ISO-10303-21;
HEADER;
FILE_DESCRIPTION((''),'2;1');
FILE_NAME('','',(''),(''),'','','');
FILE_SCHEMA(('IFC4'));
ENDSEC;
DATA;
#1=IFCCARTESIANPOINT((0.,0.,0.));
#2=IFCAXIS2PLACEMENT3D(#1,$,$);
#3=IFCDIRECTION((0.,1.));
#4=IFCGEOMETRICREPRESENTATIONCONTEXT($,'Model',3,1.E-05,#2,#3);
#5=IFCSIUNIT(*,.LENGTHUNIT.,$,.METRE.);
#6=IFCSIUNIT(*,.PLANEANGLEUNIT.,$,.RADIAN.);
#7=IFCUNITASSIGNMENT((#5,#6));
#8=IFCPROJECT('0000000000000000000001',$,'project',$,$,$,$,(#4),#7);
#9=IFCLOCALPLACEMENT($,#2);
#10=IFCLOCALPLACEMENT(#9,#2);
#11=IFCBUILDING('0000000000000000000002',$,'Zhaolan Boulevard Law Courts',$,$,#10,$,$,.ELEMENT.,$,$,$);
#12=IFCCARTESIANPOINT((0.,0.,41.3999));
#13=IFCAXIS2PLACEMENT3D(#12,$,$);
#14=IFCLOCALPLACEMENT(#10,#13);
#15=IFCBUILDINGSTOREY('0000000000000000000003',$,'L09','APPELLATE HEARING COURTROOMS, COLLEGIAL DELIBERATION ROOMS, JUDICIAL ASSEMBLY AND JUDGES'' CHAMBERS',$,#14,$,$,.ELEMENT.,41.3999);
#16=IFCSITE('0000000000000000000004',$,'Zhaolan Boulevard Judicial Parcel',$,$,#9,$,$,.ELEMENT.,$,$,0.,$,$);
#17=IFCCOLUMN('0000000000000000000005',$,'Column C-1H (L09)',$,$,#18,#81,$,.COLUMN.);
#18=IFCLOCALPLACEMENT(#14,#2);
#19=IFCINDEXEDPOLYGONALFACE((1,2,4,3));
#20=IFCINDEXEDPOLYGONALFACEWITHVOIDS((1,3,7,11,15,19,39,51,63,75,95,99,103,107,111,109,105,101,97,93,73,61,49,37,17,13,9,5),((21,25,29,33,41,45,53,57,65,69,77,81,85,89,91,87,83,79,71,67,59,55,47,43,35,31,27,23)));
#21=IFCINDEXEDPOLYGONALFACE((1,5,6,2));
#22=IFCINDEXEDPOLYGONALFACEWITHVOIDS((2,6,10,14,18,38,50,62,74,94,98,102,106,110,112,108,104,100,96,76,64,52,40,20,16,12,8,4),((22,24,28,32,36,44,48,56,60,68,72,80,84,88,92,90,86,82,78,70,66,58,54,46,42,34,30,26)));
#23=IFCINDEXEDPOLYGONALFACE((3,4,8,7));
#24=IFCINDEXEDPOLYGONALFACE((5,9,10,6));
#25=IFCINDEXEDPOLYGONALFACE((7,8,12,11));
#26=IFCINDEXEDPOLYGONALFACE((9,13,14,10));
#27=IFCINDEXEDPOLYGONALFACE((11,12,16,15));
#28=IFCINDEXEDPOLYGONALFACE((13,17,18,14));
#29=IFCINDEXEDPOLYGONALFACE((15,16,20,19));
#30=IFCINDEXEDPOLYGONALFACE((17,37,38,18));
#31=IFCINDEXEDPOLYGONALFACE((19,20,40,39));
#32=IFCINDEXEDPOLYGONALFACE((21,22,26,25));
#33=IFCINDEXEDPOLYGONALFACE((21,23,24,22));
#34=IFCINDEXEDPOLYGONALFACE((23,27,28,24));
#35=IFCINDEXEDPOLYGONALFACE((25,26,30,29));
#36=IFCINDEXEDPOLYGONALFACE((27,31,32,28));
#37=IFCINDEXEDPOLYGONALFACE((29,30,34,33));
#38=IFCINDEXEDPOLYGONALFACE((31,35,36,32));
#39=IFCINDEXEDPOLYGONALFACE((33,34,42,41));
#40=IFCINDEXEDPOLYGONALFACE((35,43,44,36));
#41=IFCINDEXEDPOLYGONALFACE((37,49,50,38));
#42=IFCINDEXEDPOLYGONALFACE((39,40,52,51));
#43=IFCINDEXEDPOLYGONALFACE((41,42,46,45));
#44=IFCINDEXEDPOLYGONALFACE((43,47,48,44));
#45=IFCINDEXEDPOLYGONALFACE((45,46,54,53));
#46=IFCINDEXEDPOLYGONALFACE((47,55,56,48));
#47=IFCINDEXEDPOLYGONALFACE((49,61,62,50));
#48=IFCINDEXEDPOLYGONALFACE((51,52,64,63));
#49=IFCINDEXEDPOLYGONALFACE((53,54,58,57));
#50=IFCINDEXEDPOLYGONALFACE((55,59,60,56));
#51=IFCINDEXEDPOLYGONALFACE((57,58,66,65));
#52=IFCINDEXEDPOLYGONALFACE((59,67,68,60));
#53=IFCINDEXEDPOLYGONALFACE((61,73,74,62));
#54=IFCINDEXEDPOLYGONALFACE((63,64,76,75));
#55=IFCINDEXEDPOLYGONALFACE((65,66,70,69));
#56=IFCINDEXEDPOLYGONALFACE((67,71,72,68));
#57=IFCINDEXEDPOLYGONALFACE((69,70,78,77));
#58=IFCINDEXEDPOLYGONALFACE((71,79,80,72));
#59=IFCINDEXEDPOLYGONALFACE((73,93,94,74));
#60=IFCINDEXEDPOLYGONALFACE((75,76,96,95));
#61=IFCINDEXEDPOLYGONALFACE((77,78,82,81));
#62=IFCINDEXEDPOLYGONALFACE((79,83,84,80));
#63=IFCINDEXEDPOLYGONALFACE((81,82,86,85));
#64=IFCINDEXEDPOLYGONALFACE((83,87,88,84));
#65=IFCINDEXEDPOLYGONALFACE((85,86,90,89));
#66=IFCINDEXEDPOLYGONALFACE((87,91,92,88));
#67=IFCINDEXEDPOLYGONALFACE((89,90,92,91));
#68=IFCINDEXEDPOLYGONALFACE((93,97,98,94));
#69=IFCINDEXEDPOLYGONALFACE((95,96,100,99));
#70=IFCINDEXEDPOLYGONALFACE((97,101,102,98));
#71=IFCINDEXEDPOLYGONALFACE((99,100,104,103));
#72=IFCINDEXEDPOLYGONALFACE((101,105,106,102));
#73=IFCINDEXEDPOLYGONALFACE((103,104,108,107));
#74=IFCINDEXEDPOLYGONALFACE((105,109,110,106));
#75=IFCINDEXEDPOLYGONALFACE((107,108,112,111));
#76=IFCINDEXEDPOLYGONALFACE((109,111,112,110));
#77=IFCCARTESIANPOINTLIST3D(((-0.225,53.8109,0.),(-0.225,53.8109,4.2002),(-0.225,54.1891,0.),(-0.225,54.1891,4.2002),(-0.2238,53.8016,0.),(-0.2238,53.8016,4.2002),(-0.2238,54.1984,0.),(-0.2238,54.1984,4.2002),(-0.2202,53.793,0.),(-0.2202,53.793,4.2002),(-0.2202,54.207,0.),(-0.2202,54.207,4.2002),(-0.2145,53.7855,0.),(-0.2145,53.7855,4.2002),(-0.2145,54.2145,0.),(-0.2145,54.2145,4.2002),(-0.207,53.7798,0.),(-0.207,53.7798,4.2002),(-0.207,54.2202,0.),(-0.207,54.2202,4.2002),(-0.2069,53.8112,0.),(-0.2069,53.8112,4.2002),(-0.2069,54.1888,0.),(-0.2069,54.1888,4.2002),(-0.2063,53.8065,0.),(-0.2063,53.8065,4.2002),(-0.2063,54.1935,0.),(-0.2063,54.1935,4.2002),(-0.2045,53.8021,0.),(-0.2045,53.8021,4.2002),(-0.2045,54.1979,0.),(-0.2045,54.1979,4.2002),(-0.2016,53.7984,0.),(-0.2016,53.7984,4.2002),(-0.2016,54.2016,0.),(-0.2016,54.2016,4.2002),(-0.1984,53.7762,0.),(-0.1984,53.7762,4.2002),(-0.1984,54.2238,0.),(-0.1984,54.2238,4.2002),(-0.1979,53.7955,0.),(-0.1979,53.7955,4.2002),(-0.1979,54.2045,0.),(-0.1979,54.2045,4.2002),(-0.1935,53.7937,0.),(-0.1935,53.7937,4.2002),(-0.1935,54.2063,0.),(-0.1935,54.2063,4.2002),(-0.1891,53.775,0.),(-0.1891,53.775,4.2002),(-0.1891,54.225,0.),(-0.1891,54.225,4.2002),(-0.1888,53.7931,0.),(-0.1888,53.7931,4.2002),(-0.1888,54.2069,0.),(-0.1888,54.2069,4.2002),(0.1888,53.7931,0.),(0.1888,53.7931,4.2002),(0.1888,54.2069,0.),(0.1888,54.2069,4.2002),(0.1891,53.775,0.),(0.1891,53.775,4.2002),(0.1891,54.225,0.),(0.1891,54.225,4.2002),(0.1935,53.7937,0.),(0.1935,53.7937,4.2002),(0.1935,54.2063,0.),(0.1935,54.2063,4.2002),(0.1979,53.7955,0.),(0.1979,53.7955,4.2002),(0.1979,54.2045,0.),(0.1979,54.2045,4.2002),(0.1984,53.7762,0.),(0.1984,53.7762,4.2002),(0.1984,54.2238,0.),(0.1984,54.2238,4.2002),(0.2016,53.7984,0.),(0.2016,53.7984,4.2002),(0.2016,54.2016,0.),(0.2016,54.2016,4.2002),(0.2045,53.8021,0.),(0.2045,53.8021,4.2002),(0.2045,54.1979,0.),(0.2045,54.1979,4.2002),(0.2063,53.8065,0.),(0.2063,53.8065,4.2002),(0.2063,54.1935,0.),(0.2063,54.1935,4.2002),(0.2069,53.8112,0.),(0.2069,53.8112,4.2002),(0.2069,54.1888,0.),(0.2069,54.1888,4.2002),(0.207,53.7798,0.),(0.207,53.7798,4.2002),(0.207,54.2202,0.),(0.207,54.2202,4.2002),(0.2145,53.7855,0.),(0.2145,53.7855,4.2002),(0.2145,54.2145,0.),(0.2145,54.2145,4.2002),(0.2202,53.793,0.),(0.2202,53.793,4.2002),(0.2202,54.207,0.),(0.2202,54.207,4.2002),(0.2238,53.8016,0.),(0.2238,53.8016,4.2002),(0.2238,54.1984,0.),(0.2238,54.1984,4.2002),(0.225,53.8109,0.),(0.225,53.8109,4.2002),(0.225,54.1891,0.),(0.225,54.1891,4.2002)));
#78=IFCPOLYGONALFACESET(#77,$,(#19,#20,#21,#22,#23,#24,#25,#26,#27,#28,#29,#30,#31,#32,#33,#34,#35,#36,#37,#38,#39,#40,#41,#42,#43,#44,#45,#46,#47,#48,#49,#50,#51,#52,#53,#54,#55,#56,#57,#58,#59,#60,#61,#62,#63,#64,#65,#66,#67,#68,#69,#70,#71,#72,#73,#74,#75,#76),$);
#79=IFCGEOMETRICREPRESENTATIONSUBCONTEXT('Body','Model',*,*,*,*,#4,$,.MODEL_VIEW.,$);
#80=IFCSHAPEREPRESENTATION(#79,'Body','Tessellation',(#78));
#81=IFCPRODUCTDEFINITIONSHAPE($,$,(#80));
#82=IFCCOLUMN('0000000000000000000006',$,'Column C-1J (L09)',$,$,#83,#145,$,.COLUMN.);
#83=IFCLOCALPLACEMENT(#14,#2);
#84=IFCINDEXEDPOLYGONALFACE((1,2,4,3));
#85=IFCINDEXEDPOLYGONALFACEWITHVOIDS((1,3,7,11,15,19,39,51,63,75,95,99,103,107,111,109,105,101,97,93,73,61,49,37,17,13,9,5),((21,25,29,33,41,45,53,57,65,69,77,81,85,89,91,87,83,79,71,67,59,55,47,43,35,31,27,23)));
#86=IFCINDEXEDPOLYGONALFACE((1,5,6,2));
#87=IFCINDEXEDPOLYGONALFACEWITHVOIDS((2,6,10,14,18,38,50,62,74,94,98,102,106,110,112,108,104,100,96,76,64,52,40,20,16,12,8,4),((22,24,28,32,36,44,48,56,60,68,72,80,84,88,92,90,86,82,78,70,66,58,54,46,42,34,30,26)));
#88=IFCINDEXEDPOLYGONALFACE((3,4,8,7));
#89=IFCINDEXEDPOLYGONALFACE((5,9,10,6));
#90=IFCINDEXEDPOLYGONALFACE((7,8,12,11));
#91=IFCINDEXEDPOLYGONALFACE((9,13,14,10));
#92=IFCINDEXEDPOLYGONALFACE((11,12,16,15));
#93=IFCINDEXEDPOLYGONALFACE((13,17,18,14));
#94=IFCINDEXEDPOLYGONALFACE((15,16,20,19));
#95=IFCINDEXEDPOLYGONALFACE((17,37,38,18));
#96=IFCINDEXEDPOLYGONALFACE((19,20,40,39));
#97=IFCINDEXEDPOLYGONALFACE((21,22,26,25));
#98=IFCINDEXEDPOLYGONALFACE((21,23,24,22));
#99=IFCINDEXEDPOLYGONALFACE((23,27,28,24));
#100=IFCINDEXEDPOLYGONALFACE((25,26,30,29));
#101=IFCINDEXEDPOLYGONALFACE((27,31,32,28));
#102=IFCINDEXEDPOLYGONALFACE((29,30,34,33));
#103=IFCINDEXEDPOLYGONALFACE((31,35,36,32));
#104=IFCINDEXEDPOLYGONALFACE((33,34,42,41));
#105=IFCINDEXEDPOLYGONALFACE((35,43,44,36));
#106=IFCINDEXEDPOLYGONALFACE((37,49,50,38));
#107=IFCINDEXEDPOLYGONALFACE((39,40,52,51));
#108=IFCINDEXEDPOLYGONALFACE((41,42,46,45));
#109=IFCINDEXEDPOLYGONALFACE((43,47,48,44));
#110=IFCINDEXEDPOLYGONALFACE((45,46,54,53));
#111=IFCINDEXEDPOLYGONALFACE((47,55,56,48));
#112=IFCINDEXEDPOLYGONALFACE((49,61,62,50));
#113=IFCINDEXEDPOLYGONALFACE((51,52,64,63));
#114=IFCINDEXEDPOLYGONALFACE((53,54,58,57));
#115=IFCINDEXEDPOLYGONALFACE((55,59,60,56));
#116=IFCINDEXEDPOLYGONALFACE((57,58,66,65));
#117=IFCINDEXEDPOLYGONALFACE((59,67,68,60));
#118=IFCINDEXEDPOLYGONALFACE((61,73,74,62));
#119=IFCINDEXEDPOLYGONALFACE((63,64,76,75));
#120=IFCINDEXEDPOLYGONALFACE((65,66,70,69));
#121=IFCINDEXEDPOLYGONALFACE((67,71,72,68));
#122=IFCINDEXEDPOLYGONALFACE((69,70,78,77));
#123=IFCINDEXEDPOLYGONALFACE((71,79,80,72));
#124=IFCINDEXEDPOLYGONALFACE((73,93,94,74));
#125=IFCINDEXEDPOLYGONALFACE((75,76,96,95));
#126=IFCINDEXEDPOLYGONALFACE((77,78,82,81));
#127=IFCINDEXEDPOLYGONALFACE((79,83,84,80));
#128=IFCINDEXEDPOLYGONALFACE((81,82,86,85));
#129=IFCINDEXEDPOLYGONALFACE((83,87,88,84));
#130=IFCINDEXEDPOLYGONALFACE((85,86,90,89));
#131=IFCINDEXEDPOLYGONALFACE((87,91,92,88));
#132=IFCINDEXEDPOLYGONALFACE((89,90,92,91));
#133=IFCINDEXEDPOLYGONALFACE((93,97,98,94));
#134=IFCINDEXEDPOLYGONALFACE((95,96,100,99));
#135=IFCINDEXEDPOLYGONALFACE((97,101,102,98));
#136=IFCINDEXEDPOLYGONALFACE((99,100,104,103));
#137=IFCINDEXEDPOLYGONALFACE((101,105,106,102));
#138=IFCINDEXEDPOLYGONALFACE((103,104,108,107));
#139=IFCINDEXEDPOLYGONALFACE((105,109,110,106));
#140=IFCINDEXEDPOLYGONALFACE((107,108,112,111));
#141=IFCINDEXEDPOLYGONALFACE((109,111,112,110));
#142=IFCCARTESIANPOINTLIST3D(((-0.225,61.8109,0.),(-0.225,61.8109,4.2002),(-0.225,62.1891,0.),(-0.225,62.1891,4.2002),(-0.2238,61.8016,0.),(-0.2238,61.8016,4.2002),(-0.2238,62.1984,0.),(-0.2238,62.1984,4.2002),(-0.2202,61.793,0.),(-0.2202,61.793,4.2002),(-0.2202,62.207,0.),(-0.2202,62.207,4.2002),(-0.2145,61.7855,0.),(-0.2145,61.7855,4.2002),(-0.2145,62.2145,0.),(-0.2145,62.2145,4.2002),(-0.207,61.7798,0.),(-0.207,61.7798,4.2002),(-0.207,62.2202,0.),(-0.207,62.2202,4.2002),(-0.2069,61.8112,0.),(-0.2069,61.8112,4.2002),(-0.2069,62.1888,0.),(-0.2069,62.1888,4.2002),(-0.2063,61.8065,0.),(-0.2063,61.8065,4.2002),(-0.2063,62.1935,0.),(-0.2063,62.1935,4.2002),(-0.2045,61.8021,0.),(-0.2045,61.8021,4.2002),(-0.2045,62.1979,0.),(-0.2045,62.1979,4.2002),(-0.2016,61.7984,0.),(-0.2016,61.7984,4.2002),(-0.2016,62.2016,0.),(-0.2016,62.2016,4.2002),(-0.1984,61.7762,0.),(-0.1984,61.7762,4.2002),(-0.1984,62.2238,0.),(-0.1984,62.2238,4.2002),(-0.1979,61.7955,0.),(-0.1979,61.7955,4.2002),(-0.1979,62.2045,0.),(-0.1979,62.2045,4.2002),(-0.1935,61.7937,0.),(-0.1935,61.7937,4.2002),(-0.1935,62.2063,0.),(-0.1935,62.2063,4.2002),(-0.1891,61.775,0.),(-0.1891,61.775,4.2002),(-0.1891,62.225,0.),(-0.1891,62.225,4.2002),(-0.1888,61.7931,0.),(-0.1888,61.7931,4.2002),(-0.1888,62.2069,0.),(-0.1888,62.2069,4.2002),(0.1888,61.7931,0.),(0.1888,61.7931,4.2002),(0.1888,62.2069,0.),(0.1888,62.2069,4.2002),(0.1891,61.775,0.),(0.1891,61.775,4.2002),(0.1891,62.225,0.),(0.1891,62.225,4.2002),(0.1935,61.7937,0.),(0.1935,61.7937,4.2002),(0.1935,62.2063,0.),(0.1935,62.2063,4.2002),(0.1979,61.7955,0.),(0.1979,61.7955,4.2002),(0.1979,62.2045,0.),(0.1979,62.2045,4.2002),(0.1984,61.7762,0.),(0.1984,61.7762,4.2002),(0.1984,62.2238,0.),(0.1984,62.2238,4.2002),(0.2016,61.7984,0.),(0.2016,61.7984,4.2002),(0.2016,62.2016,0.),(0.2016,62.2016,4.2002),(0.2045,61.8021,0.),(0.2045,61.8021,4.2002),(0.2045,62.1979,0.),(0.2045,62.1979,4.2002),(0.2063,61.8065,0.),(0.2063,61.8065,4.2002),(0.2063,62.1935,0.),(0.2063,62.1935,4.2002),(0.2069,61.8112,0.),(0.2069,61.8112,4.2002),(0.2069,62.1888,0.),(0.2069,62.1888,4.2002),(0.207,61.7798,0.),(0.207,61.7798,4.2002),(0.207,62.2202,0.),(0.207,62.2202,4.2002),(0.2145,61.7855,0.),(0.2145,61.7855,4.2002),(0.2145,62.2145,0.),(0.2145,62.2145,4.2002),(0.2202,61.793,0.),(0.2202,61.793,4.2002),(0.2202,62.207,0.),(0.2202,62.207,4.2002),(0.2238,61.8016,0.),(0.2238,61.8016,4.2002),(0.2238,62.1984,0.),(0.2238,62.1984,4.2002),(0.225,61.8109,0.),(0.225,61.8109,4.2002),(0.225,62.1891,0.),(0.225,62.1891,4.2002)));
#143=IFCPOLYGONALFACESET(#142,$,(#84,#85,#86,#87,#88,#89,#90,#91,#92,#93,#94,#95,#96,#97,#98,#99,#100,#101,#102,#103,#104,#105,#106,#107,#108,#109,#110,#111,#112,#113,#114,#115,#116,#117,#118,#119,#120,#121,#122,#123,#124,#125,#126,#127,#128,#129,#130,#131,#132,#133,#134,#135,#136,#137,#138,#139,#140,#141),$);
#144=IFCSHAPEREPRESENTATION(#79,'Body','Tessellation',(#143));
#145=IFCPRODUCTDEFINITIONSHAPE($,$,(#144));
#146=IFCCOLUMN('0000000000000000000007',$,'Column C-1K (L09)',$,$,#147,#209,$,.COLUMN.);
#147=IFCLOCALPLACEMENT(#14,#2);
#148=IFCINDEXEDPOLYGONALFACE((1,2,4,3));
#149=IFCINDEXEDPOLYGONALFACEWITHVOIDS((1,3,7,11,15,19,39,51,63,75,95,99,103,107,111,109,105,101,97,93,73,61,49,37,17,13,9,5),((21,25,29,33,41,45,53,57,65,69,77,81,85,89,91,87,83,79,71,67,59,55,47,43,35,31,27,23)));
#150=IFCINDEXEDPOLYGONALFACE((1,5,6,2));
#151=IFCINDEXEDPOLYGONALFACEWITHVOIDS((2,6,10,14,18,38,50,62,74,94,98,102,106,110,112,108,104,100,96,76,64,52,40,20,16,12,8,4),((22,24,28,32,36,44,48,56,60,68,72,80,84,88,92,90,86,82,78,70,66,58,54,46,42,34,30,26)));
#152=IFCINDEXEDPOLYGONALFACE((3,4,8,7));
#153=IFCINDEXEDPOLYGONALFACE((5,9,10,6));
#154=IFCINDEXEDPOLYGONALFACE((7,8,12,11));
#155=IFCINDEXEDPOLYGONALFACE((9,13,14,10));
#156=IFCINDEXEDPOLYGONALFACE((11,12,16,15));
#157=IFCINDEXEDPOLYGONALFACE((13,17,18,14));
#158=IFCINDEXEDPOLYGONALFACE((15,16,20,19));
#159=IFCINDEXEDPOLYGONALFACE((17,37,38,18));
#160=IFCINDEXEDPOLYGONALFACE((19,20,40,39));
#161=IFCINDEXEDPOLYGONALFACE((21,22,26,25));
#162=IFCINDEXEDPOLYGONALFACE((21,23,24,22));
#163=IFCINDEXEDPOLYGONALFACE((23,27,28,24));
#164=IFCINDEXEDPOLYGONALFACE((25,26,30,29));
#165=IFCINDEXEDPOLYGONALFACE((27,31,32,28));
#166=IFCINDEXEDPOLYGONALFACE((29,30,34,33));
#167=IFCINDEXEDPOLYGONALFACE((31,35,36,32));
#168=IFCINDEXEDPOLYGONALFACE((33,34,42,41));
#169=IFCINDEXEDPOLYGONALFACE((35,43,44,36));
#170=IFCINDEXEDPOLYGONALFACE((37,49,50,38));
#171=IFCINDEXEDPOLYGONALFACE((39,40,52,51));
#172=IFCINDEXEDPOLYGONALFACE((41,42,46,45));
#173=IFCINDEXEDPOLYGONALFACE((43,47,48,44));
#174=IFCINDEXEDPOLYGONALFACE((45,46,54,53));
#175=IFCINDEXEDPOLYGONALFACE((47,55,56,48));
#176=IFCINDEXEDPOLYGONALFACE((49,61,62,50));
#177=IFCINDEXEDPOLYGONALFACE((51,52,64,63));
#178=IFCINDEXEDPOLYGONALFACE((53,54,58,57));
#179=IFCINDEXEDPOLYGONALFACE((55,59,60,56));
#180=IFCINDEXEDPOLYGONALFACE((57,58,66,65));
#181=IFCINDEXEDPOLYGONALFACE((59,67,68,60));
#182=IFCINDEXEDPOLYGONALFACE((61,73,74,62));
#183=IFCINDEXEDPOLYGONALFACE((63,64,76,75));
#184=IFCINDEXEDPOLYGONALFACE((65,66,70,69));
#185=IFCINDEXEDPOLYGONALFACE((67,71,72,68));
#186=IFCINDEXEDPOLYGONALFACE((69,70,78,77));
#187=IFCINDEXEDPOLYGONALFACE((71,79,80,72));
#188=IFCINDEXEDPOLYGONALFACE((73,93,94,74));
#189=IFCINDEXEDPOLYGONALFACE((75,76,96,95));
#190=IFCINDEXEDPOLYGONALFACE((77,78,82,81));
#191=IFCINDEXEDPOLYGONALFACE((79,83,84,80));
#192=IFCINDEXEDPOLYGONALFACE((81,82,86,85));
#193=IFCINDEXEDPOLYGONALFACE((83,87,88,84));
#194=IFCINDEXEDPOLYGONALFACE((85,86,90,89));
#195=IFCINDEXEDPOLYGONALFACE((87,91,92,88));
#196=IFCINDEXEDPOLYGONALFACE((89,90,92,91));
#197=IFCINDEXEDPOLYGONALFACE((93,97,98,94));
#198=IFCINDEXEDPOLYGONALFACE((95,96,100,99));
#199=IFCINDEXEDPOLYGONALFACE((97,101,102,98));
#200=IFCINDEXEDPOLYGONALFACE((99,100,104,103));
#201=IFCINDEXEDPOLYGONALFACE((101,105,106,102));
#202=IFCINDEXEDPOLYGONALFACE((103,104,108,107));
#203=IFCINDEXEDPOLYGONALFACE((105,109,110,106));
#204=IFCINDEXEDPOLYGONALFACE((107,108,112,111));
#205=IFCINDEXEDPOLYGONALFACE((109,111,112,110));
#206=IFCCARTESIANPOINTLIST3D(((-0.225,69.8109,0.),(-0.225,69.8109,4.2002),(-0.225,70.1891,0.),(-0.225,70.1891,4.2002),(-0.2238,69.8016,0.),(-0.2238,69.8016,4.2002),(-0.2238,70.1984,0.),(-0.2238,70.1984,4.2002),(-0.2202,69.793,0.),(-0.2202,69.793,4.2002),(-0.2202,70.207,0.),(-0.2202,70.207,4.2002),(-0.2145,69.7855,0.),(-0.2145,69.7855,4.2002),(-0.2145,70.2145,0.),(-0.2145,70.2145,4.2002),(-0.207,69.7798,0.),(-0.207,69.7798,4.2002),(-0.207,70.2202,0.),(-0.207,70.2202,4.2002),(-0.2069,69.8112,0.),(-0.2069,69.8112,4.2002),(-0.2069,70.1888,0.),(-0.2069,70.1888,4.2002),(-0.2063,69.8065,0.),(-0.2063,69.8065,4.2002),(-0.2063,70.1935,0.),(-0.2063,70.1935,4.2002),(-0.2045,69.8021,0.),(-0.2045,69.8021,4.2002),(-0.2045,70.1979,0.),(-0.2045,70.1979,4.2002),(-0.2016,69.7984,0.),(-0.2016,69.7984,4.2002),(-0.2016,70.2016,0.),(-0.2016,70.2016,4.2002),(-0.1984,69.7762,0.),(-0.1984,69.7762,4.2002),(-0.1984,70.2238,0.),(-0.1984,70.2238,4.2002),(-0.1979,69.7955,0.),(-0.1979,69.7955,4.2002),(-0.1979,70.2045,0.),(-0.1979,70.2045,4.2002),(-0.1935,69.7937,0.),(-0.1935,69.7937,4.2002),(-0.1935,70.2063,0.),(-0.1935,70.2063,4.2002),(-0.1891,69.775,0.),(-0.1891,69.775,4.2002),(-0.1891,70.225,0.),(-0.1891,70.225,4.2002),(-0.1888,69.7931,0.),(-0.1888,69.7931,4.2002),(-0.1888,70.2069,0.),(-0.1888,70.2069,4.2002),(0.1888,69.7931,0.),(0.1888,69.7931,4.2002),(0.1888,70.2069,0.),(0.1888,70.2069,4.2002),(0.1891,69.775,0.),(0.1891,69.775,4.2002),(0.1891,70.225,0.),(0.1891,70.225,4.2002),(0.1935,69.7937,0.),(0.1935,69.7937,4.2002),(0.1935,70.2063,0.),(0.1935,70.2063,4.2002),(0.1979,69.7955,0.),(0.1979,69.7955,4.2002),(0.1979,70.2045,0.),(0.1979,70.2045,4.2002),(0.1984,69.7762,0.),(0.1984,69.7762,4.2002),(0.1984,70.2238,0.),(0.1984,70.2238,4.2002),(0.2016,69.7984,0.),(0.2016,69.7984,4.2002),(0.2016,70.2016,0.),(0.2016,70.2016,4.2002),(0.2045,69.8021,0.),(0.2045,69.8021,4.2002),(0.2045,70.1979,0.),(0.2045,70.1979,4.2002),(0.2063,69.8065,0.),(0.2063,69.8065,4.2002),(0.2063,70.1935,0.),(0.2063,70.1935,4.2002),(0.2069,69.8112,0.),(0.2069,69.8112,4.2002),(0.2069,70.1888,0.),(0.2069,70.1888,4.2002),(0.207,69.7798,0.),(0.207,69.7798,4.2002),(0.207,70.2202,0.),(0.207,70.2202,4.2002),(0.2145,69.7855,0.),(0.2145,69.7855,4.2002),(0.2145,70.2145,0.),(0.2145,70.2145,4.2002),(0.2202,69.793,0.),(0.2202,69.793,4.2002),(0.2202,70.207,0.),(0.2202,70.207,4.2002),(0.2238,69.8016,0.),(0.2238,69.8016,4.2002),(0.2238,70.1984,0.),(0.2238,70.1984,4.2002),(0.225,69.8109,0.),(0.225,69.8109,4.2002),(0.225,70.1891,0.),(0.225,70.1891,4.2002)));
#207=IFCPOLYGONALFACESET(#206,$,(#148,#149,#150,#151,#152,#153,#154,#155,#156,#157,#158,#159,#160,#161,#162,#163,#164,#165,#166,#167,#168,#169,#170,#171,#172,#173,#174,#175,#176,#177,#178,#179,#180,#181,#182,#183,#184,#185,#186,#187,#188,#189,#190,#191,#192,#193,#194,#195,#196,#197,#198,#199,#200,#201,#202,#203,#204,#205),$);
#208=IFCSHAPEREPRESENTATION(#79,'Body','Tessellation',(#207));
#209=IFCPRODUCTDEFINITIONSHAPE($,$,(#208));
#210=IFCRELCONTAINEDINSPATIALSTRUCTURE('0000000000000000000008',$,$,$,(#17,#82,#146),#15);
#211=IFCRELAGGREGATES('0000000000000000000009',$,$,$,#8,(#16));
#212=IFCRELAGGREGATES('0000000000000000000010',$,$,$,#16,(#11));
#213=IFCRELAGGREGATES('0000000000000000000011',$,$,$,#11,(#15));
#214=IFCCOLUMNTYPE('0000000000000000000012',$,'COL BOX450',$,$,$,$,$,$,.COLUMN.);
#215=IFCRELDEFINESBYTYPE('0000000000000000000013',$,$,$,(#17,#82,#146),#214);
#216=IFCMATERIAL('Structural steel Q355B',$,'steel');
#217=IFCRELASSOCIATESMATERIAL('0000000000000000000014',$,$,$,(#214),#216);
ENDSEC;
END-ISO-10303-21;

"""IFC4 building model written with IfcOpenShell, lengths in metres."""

from ifc_helpers import new_model, si_unit, direction, frame, origin, origin_2d, place, context, subcontext, project, spatial, hollow_rectangle, extrude, material, material_profile, profile_set, type_object, element, save


model = new_model("IFC4")

# Units and contexts
model_context = context("Model", 3, precision=1e-05, world=origin(), true_north=direction((0.0, 1.0)))
body_context = subcontext(model_context, "Body", "Model", "MODEL_VIEW")
ifc_project = project(units=[si_unit("LENGTHUNIT", "METRE"), si_unit("PLANEANGLEUNIT", "RADIAN")], contexts=[model_context])

# Site, building, storey
site_placement = place(None, origin())
site = spatial("IfcSite", under=ifc_project, at=site_placement, Name="Zhaolan Boulevard Judicial Parcel", CompositionType="ELEMENT", RefElevation=0.0)
building_placement = place(site_placement, origin())
building = spatial("IfcBuilding", under=site, at=building_placement, Name="Zhaolan Boulevard Law Courts", CompositionType="ELEMENT")
storey_placement = place(building_placement, frame((0.0, 0.0, 41.3999)))
storey = spatial("IfcBuildingStorey", under=building, at=storey_placement, Name="L09", Description="APPELLATE HEARING COURTROOMS, COLLEGIAL DELIBERATION ROOMS, JUDICIAL ASSEMBLY AND JUDGES' CHAMBERS", CompositionType="ELEMENT", Elevation=41.3999)

# Columns
ifc_material_1 = material(Name="Structural steel Q355B", Category="steel")
ifc_material_profile_1 = material_profile(ifc_material_1, hollow_rectangle(XDim=0.45, YDim=0.45, WallThickness=0.0181, InnerFilletRadius=0.0181, OuterFilletRadius=0.0359, at=origin_2d()), Name="BOX450x450x18")
ifc_profile_set_1 = profile_set([ifc_material_profile_1], Name="Structural steel Q355B")
column_type = type_object("IfcColumnType", Name="COL BOX450", PredefinedType="COLUMN", material=ifc_profile_set_1)
for number, where, z_axis, x_axis, name in (
    (1, (0.0, 54.0, 0.0), (0.0, 0.0, 1.0), (1.0, 0.0, 0.0), "Column C-1H (L09)"),
    (2, (0.0, 62.0, 0.0), (0.0, 0.0, 1.0), (1.0, 0.0, 0.0), "Column C-1J (L09)"),
    (3, (0.0, 70.0, 0.0), (0.0, 0.0, 1.0), (1.0, 0.0, 0.0), "Column C-1K (L09)"),
):
    element("IfcColumn", number, at=place(storey_placement, frame(where, z_axis=z_axis, x_axis=x_axis)), inside=storey, type_object=column_type, Name=name, PredefinedType="COLUMN", context=body_context, shape_type="SweptSolid", body=[
        extrude(hollow_rectangle(XDim=0.45, YDim=0.45, WallThickness=0.0181, InnerFilletRadius=0.0181, OuterFilletRadius=0.0359, at=origin_2d()), origin(), (0.0, 0.0, 1.0), 4.2002),
    ])

save(model, "model.ifc")
